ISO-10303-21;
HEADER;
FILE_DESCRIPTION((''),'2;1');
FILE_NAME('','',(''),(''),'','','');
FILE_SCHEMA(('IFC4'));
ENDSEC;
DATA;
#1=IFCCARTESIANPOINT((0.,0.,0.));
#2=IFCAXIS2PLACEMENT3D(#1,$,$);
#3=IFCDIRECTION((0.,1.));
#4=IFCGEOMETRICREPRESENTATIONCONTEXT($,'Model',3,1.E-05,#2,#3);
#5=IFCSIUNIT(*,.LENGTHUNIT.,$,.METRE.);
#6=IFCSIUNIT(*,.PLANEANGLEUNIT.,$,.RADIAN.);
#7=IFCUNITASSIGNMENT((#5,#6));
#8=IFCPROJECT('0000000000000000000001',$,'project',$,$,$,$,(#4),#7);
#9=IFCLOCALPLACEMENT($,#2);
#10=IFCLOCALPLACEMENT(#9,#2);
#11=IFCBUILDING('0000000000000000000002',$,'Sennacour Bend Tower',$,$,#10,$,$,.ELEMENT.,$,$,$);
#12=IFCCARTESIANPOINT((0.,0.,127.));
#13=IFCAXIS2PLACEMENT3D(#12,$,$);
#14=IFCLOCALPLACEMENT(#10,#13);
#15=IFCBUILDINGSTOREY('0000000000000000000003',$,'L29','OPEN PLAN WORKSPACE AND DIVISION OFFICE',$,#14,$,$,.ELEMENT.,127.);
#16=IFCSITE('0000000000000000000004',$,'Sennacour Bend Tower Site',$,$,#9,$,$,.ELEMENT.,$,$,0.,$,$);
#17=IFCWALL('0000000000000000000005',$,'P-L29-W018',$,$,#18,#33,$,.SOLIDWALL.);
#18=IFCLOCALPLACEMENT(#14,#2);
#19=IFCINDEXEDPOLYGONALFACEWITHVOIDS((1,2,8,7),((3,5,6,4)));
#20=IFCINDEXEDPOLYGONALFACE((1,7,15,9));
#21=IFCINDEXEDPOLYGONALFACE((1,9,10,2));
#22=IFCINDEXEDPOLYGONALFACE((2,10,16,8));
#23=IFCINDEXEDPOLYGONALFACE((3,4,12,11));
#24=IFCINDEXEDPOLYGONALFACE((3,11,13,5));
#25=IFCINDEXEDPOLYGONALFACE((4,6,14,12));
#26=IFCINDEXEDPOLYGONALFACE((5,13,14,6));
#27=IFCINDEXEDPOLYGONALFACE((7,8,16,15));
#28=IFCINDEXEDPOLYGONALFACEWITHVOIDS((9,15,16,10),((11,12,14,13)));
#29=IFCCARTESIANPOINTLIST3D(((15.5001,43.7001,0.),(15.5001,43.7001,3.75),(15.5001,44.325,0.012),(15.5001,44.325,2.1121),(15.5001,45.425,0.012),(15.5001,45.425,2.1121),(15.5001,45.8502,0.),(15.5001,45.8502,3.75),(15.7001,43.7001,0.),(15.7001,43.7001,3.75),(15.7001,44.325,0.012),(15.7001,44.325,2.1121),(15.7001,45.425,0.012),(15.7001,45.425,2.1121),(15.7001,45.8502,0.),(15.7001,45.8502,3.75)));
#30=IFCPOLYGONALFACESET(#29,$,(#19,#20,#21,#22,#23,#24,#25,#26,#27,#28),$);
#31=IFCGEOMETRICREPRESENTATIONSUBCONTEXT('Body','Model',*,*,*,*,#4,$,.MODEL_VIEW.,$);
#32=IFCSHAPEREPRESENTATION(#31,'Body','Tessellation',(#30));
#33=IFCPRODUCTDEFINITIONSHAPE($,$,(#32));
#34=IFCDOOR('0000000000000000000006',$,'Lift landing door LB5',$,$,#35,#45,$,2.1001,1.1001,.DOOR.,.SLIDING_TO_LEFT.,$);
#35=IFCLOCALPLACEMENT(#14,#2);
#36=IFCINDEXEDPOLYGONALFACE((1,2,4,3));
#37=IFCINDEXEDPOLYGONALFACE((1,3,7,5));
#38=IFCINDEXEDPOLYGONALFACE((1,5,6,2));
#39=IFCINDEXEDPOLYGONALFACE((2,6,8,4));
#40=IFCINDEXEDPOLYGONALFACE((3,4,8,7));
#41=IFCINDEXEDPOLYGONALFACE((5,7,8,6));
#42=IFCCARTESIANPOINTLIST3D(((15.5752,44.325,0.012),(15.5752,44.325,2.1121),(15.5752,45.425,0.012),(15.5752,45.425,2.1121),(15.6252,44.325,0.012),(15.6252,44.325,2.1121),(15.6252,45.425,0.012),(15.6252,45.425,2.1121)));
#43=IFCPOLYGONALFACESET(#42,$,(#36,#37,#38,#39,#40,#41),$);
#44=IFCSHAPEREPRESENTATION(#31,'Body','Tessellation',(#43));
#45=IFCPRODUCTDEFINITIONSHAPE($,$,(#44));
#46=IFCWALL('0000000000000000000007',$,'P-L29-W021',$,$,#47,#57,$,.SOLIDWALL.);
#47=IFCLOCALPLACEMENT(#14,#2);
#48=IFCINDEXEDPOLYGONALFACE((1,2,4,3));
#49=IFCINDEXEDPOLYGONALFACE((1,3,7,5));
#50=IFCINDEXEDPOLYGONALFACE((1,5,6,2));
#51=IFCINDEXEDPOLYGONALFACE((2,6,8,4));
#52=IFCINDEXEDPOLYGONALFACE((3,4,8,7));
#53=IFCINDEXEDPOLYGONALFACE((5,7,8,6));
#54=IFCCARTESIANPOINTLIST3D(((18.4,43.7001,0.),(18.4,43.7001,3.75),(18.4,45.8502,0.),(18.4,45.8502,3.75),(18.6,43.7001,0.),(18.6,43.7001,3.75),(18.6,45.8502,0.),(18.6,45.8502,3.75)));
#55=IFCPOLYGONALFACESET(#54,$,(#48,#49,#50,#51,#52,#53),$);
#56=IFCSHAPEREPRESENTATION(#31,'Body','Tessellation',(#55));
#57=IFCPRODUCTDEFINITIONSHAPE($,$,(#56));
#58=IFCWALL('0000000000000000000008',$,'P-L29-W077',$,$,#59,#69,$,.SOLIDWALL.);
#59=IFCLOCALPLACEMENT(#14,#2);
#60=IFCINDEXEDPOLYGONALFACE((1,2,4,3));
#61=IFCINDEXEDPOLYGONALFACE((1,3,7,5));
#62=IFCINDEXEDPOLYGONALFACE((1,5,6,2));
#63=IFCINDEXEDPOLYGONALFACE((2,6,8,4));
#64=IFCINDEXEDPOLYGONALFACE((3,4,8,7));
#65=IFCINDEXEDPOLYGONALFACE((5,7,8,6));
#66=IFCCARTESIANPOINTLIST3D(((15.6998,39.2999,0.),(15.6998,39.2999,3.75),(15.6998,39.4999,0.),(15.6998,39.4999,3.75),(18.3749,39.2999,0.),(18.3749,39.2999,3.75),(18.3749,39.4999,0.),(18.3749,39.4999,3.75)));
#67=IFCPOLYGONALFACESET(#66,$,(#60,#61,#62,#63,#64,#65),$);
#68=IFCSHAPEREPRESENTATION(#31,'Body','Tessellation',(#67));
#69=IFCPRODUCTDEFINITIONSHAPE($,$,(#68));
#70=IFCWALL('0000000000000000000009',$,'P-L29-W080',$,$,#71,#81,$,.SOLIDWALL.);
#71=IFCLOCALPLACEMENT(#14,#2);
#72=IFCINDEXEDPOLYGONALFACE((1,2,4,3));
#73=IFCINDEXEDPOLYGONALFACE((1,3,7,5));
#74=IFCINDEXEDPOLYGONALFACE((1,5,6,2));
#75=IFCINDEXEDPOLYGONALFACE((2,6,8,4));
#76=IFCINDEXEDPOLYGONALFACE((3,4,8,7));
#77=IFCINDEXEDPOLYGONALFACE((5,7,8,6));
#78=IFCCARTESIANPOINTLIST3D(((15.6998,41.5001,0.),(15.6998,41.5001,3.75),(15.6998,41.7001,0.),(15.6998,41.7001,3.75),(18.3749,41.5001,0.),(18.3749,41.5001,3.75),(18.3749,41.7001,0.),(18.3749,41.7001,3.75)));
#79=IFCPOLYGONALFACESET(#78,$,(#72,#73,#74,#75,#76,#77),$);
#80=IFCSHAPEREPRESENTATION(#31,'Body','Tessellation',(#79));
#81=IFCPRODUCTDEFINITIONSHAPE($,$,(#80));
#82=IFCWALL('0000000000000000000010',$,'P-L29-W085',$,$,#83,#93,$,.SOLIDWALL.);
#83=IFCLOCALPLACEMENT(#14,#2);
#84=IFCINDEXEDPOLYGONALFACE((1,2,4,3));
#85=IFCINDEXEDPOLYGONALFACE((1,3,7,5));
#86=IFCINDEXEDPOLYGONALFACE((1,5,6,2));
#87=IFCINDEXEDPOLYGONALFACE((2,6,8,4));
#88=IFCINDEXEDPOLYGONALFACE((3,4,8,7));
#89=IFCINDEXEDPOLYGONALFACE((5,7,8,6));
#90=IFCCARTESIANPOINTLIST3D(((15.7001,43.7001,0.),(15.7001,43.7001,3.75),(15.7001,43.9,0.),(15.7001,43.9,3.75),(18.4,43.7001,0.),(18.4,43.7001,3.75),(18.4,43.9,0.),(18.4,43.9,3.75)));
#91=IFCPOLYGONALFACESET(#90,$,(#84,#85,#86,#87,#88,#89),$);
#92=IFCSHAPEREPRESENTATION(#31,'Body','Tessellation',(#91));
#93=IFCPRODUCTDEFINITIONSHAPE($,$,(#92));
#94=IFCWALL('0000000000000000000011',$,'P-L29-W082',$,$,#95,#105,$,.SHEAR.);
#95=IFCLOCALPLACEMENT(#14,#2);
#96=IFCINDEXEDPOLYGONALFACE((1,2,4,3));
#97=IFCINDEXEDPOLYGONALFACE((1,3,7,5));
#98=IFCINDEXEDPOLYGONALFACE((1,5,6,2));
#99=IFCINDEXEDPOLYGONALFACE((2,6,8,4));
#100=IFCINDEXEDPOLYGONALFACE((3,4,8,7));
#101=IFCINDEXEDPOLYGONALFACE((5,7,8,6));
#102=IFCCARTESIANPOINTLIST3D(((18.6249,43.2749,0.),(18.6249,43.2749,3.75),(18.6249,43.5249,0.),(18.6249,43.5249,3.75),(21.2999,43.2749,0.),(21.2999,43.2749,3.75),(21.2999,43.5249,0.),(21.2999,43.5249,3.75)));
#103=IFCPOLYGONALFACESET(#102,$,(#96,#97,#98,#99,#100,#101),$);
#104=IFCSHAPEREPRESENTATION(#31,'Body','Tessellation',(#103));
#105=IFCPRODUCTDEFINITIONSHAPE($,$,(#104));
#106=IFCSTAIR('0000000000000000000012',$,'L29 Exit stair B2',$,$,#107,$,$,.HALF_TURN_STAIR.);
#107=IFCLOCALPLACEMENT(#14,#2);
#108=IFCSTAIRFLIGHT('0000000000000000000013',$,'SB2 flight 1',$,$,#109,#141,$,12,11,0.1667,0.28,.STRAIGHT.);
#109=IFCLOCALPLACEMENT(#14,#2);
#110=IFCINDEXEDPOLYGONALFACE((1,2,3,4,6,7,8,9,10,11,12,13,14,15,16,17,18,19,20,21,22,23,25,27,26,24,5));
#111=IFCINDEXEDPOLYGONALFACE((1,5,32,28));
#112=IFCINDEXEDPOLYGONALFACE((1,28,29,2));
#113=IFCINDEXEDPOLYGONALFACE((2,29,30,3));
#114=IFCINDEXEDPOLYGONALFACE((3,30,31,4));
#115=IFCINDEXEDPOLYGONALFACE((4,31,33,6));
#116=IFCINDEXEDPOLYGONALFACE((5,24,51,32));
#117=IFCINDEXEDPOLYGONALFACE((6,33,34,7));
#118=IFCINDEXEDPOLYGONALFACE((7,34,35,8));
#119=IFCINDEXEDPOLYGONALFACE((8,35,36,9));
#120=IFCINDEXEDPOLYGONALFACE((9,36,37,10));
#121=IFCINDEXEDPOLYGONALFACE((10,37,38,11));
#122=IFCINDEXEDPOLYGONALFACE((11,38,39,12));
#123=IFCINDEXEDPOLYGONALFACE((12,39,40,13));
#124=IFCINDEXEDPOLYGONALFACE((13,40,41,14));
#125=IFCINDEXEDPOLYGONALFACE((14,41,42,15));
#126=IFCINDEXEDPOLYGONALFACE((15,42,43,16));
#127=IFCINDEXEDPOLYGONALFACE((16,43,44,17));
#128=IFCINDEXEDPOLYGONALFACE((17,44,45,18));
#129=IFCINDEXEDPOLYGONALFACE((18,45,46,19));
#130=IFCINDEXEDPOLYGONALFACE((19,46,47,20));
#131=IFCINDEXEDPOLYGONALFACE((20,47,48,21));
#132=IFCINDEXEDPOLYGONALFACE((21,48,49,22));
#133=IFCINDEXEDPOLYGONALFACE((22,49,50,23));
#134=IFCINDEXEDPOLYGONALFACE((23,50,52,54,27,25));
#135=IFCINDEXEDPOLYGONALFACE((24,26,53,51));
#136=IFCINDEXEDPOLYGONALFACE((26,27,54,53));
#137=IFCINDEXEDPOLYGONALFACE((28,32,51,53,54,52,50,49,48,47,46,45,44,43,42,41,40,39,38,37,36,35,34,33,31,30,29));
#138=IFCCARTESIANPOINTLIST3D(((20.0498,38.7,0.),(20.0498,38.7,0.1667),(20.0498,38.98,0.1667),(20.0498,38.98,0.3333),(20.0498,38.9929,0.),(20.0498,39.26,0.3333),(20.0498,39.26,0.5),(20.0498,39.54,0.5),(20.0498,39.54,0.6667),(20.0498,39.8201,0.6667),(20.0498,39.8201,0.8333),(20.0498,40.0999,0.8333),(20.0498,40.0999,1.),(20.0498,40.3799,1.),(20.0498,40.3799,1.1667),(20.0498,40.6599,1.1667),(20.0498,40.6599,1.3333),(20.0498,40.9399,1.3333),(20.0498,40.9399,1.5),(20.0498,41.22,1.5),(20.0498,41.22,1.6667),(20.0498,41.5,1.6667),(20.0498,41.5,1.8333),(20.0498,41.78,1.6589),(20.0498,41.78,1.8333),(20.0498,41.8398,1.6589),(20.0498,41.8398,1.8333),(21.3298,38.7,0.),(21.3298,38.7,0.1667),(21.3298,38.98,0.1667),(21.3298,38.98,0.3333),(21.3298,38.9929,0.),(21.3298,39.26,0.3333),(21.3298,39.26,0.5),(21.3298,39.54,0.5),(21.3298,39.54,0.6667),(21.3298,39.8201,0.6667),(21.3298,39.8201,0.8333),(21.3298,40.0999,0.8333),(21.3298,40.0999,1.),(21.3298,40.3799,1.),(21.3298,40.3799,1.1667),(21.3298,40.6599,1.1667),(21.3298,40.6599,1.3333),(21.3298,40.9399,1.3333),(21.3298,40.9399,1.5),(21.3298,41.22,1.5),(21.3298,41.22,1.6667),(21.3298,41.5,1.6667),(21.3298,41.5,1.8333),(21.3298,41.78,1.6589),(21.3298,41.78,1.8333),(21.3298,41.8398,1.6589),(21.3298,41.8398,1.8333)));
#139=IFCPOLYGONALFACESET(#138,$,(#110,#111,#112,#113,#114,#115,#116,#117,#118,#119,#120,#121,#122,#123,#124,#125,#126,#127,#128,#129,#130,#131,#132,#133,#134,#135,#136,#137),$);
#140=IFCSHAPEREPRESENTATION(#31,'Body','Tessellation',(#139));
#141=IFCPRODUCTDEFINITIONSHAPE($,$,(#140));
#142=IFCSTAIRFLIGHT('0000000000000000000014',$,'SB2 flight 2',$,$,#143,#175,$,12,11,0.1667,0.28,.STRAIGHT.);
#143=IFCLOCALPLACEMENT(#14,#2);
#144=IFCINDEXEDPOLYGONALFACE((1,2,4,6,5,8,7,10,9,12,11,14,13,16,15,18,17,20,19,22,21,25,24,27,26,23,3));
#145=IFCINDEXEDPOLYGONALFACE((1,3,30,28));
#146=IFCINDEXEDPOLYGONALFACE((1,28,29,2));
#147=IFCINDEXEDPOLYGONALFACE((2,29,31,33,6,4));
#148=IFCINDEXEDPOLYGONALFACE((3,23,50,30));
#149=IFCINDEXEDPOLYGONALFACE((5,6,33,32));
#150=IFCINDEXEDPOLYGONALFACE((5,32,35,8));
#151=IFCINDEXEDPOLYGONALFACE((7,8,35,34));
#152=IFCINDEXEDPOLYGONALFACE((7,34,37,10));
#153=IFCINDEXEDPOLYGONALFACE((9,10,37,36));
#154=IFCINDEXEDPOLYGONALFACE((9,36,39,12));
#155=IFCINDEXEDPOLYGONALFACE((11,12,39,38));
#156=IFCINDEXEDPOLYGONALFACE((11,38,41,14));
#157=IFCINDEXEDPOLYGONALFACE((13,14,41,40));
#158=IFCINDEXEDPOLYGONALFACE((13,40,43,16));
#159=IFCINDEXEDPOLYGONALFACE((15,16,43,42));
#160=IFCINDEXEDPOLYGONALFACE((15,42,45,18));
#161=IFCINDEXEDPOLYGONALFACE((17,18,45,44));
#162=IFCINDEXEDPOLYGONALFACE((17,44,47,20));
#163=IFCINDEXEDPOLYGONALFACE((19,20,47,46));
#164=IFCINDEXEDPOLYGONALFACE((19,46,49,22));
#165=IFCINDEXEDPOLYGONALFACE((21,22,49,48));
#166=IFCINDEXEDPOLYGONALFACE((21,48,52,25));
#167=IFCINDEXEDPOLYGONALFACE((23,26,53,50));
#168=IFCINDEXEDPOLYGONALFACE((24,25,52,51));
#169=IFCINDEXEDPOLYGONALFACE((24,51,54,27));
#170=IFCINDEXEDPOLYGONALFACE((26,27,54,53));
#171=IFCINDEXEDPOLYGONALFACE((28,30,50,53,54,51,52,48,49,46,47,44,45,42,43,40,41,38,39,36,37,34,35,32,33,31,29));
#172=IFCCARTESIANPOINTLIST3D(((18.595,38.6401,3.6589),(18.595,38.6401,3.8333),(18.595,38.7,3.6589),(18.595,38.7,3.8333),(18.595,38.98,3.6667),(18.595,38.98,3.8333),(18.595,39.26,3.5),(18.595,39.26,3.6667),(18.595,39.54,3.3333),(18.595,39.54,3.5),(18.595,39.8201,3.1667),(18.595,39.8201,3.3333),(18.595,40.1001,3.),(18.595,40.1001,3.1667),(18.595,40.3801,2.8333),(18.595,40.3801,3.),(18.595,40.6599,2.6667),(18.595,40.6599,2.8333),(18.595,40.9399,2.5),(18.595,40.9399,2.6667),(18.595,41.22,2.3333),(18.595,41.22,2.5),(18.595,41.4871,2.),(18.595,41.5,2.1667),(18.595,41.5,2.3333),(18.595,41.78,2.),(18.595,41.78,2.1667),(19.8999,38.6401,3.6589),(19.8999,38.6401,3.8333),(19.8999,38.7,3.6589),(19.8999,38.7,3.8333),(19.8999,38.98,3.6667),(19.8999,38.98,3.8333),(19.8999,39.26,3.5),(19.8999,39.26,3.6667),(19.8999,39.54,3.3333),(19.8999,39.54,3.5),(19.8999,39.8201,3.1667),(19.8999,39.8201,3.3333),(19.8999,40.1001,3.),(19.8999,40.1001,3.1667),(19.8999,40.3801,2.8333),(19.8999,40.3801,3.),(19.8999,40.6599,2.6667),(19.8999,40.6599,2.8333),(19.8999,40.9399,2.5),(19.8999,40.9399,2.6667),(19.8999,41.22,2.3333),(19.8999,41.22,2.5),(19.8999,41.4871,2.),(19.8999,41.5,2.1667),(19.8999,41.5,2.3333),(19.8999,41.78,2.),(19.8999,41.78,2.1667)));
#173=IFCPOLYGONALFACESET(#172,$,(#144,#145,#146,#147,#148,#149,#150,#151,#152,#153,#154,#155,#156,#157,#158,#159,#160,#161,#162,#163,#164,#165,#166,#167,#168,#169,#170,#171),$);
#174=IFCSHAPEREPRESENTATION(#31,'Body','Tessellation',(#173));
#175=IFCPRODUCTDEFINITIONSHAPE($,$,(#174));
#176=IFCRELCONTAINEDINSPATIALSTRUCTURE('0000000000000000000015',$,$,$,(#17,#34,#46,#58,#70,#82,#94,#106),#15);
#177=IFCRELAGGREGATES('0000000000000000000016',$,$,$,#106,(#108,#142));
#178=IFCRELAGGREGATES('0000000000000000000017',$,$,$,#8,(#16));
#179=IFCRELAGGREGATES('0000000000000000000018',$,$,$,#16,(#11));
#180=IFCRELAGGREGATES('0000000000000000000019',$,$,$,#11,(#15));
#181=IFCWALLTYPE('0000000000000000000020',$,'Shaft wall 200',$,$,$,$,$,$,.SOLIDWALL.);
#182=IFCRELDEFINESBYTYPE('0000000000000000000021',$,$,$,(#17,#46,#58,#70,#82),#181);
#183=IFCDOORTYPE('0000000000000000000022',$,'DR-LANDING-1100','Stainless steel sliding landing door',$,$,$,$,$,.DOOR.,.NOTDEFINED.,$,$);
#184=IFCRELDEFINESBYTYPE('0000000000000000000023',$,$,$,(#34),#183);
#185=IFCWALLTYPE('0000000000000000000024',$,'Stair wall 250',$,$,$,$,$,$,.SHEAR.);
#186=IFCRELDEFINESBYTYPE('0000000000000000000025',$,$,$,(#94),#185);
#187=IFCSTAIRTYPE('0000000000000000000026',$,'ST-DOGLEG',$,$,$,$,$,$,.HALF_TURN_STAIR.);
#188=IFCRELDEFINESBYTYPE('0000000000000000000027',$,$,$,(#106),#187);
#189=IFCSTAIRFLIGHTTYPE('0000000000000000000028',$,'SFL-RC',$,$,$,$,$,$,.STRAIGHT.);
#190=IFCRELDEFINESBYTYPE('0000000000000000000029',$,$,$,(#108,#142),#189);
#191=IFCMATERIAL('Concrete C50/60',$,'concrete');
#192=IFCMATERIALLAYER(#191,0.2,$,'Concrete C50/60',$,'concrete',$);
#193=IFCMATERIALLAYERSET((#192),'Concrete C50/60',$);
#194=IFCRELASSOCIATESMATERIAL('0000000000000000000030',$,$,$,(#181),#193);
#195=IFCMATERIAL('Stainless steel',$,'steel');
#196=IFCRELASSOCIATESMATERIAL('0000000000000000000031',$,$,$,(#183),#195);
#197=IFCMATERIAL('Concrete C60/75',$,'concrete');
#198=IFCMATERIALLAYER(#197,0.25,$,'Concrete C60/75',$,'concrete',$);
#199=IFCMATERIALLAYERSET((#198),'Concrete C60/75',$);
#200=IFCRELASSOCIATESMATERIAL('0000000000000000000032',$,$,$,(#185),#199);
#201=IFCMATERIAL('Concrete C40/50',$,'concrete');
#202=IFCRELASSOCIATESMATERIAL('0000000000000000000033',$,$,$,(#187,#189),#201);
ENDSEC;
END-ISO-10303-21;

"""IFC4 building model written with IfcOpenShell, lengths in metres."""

from ifc_helpers import new_model, si_unit, direction, frame, frame_2d, origin, place, context, subcontext, project, spatial, polyline, rectangle, outline, extrude, material, layer, layer_set, type_object, element, fill, aggregate, save


model = new_model("IFC4")

# Units and contexts
model_context = context("Model", 3, precision=1e-05, world=origin(), true_north=direction((0.0, 1.0)))
body_context = subcontext(model_context, "Body", "Model", "MODEL_VIEW")
ifc_project = project(units=[si_unit("LENGTHUNIT", "METRE"), si_unit("PLANEANGLEUNIT", "RADIAN")], contexts=[model_context])

# Site, building, storey
site_placement = place(None, origin())
site = spatial("IfcSite", under=ifc_project, at=site_placement, Name="Sennacour Bend Tower Site", CompositionType="ELEMENT", RefElevation=0.0)
building_placement = place(site_placement, origin())
building = spatial("IfcBuilding", under=site, at=building_placement, Name="Sennacour Bend Tower", CompositionType="ELEMENT")
storey_placement = place(building_placement, frame((0.0, 0.0, 127.0)))
storey = spatial("IfcBuildingStorey", under=building, at=storey_placement, Name="L29", Description="OPEN PLAN WORKSPACE AND DIVISION OFFICE", CompositionType="ELEMENT", Elevation=127.0)

# Wall, opening, door
ifc_material_1 = material(Name="Concrete C50/60", Category="concrete")
ifc_layer_1 = layer(ifc_material_1, 0.2, Name="Concrete C50/60", Category="concrete")
ifc_layer_set_1 = layer_set([ifc_layer_1], Name="Concrete C50/60")
wall_type_1 = type_object("IfcWallType", Name="Shaft wall 200", PredefinedType="SOLIDWALL", material=ifc_layer_set_1)
wall_1_placement = place(storey_placement, frame((15.6001, 43.7, 0.0), z_axis=(0.0, 0.0, 1.0), x_axis=(0.0, 1.0, 0.0)))
wall_1 = element("IfcWall", 1, at=wall_1_placement, inside=storey, type_object=wall_type_1, Name="P-L29-W018", PredefinedType="SOLIDWALL", context=body_context, shape_type="SweptSolid", body=[
    extrude(rectangle(XDim=2.1501, YDim=0.2, at=frame_2d((1.0752, 0.0))), origin(), (0.0, 0.0, 1.0), 3.75),
])
opening_1_placement = place(wall_1_placement, frame((0.625, 0.0, 0.012)))
opening_1 = element("IfcOpeningElement", 2, at=opening_1_placement, cuts=wall_1, PredefinedType="OPENING", context=body_context, shape_type="SweptSolid", body=[
    extrude(rectangle(XDim=1.1001, YDim=2.1001, at=frame_2d((0.55, 1.05))), frame((0.0, 0.1099, 0.0), z_axis=(0.0, -1.0, 0.0), x_axis=(1.0, 0.0, 0.0)), (0.0, 0.0, 1.0), 0.22),
])
ifc_material_2 = material(Name="Stainless steel", Category="steel")
door_type_1 = type_object("IfcDoorType", Name="DR-LANDING-1100", Description="Stainless steel sliding landing door", OperationType="NOTDEFINED", PredefinedType="DOOR", material=ifc_material_2)
door_1_placement = place(opening_1_placement, origin())
door_1 = element("IfcDoor", 3, at=door_1_placement, inside=storey, type_object=door_type_1, Name="Lift landing door LB5", OperationType="SLIDING_TO_LEFT", OverallHeight=2.1001, OverallWidth=1.1001, PredefinedType="DOOR", context=body_context, shape_type="SweptSolid", body=[
    extrude(rectangle(XDim=1.1001, YDim=2.1001, at=frame_2d((0.55, 1.05))), frame((0.0, 0.0249, 0.0), z_axis=(0.0, -1.0, 0.0), x_axis=(1.0, 0.0, 0.0)), (0.0, 0.0, 1.0), 0.05),
])
fill(opening_1, door_1)

# Walls
wall_2_placement = place(storey_placement, frame((18.5, 43.7, 0.0), z_axis=(0.0, 0.0, 1.0), x_axis=(0.0, 1.0, 0.0)))
element("IfcWall", 4, at=wall_2_placement, inside=storey, type_object=wall_type_1, Name="P-L29-W021", PredefinedType="SOLIDWALL", context=body_context, shape_type="SweptSolid", body=[
    extrude(rectangle(XDim=2.1501, YDim=0.2, at=frame_2d((1.0752, 0.0))), origin(), (0.0, 0.0, 1.0), 3.75),
])
for number, where, z_axis, x_axis, name in (
    (5, (15.7, 39.3999, 0.0), (0.0, 0.0, 1.0), (1.0, 0.0, 0.0), "P-L29-W077"),
    (6, (15.7, 41.6001, 0.0), (0.0, 0.0, 1.0), (1.0, 0.0, 0.0), "P-L29-W080"),
):
    element("IfcWall", number, at=place(storey_placement, frame(where, z_axis=z_axis, x_axis=x_axis)), inside=storey, type_object=wall_type_1, Name=name, PredefinedType="SOLIDWALL", context=body_context, shape_type="SweptSolid", body=[
        extrude(rectangle(XDim=2.675, YDim=0.2, at=frame_2d((1.3374, 0.0))), origin(), (0.0, 0.0, 1.0), 3.75),
    ])
wall_3_placement = place(storey_placement, frame((15.7, 43.8, 0.0), z_axis=(0.0, 0.0, 1.0), x_axis=(1.0, 0.0, 0.0)))
element("IfcWall", 7, at=wall_3_placement, inside=storey, type_object=wall_type_1, Name="P-L29-W085", PredefinedType="SOLIDWALL", context=body_context, shape_type="SweptSolid", body=[
    extrude(rectangle(XDim=2.7, YDim=0.2, at=frame_2d((1.3501, 0.0))), origin(), (0.0, 0.0, 1.0), 3.75),
])
ifc_material_3 = material(Name="Concrete C60/75", Category="concrete")
ifc_layer_2 = layer(ifc_material_3, 0.25, Name="Concrete C60/75", Category="concrete")
ifc_layer_set_2 = layer_set([ifc_layer_2], Name="Concrete C60/75")
wall_type_2 = type_object("IfcWallType", Name="Stair wall 250", PredefinedType="SHEAR", material=ifc_layer_set_2)
wall_4_placement = place(storey_placement, frame((18.625, 43.3999, 0.0), z_axis=(0.0, 0.0, 1.0), x_axis=(1.0, 0.0, 0.0)))
element("IfcWall", 8, at=wall_4_placement, inside=storey, type_object=wall_type_2, Name="P-L29-W082", PredefinedType="SHEAR", context=body_context, shape_type="SweptSolid", body=[
    extrude(rectangle(XDim=2.675, YDim=0.25, at=frame_2d((1.3374, 0.0))), origin(), (0.0, 0.0, 1.0), 3.75),
])

# Stair, stair flights
ifc_material_4 = material(Name="Concrete C40/50", Category="concrete")
stair_type = type_object("IfcStairType", Name="ST-DOGLEG", PredefinedType="HALF_TURN_STAIR", material=ifc_material_4)
stair_placement = place(storey_placement, origin())
stair = element("IfcStair", 9, at=stair_placement, inside=storey, type_object=stair_type, Name="L29 Exit stair B2", PredefinedType="HALF_TURN_STAIR")
stair_flight_type = type_object("IfcStairFlightType", Name="SFL-RC", PredefinedType="STRAIGHT", material=ifc_material_4)
stair_flight_1_placement = place(storey_placement, frame((20.6899, 38.7, 0.0), z_axis=(0.0, 0.0, 1.0), x_axis=(0.0, 1.0, 0.0)))
stair_flight_1 = element("IfcStairFlight", 10, at=stair_flight_1_placement, type_object=stair_flight_type, Name="SB2 flight 1", NumberOfRisers=12, NumberOfTreads=11, PredefinedType="STRAIGHT", RiserHeight=0.1667, TreadLength=0.28, context=body_context, shape_type="SweptSolid", body=[
    extrude(outline(polyline([(0.0, 0.0), (0.0, 0.1667), (0.28, 0.1667), (0.28, 0.3333), (0.5601, 0.3333), (0.5601, 0.5), (0.8401, 0.5), (0.8401, 0.6667), (1.1201, 0.6667), (1.1201, 0.8333), (1.3999, 0.8333), (1.3999, 1.0), (1.6799, 1.0), (1.6799, 1.1667), (1.96, 1.1667), (1.96, 1.3333), (2.24, 1.3333), (2.24, 1.5), (2.52, 1.5), (2.52, 1.6667), (2.8, 1.6667), (2.8, 1.8333), (3.0801, 1.8333), (3.1399, 1.8333), (3.1399, 1.6589), (3.0801, 1.6589), (0.293, 0.0), (0.0, 0.0)])), frame((0.0, 0.6401, 0.0), z_axis=(0.0, -1.0, 0.0), x_axis=(1.0, 0.0, 0.0)), (0.0, 0.0, 1.0), 1.28),
])
stair_flight_2_placement = place(storey_placement, frame((19.2476, 41.78, 2.0), z_axis=(0.0, 0.0, 1.0), x_axis=(0.0, -1.0, 0.0)))
stair_flight_2 = element("IfcStairFlight", 11, at=stair_flight_2_placement, type_object=stair_flight_type, Name="SB2 flight 2", NumberOfRisers=12, NumberOfTreads=11, PredefinedType="STRAIGHT", RiserHeight=0.1667, TreadLength=0.28, context=body_context, shape_type="SweptSolid", body=[
    extrude(outline(polyline([(0.0, 0.0), (0.0, 0.1667), (0.28, 0.1667), (0.28, 0.3333), (0.5601, 0.3333), (0.5601, 0.5), (0.8401, 0.5), (0.8401, 0.6667), (1.1201, 0.6667), (1.1201, 0.8333), (1.3999, 0.8333), (1.3999, 1.0), (1.6799, 1.0), (1.6799, 1.1667), (1.96, 1.1667), (1.96, 1.3333), (2.24, 1.3333), (2.24, 1.5), (2.52, 1.5), (2.52, 1.6667), (2.8, 1.6667), (2.8, 1.8333), (3.0801, 1.8333), (3.1399, 1.8333), (3.1399, 1.6589), (3.0801, 1.6589), (0.293, 0.0), (0.0, 0.0)])), frame((0.0, 0.6523, 0.0), z_axis=(0.0, -1.0, 0.0), x_axis=(1.0, 0.0, 0.0)), (0.0, 0.0, 1.0), 1.3049),
])
aggregate(stair, [stair_flight_1, stair_flight_2])

save(model, "model.ifc")
